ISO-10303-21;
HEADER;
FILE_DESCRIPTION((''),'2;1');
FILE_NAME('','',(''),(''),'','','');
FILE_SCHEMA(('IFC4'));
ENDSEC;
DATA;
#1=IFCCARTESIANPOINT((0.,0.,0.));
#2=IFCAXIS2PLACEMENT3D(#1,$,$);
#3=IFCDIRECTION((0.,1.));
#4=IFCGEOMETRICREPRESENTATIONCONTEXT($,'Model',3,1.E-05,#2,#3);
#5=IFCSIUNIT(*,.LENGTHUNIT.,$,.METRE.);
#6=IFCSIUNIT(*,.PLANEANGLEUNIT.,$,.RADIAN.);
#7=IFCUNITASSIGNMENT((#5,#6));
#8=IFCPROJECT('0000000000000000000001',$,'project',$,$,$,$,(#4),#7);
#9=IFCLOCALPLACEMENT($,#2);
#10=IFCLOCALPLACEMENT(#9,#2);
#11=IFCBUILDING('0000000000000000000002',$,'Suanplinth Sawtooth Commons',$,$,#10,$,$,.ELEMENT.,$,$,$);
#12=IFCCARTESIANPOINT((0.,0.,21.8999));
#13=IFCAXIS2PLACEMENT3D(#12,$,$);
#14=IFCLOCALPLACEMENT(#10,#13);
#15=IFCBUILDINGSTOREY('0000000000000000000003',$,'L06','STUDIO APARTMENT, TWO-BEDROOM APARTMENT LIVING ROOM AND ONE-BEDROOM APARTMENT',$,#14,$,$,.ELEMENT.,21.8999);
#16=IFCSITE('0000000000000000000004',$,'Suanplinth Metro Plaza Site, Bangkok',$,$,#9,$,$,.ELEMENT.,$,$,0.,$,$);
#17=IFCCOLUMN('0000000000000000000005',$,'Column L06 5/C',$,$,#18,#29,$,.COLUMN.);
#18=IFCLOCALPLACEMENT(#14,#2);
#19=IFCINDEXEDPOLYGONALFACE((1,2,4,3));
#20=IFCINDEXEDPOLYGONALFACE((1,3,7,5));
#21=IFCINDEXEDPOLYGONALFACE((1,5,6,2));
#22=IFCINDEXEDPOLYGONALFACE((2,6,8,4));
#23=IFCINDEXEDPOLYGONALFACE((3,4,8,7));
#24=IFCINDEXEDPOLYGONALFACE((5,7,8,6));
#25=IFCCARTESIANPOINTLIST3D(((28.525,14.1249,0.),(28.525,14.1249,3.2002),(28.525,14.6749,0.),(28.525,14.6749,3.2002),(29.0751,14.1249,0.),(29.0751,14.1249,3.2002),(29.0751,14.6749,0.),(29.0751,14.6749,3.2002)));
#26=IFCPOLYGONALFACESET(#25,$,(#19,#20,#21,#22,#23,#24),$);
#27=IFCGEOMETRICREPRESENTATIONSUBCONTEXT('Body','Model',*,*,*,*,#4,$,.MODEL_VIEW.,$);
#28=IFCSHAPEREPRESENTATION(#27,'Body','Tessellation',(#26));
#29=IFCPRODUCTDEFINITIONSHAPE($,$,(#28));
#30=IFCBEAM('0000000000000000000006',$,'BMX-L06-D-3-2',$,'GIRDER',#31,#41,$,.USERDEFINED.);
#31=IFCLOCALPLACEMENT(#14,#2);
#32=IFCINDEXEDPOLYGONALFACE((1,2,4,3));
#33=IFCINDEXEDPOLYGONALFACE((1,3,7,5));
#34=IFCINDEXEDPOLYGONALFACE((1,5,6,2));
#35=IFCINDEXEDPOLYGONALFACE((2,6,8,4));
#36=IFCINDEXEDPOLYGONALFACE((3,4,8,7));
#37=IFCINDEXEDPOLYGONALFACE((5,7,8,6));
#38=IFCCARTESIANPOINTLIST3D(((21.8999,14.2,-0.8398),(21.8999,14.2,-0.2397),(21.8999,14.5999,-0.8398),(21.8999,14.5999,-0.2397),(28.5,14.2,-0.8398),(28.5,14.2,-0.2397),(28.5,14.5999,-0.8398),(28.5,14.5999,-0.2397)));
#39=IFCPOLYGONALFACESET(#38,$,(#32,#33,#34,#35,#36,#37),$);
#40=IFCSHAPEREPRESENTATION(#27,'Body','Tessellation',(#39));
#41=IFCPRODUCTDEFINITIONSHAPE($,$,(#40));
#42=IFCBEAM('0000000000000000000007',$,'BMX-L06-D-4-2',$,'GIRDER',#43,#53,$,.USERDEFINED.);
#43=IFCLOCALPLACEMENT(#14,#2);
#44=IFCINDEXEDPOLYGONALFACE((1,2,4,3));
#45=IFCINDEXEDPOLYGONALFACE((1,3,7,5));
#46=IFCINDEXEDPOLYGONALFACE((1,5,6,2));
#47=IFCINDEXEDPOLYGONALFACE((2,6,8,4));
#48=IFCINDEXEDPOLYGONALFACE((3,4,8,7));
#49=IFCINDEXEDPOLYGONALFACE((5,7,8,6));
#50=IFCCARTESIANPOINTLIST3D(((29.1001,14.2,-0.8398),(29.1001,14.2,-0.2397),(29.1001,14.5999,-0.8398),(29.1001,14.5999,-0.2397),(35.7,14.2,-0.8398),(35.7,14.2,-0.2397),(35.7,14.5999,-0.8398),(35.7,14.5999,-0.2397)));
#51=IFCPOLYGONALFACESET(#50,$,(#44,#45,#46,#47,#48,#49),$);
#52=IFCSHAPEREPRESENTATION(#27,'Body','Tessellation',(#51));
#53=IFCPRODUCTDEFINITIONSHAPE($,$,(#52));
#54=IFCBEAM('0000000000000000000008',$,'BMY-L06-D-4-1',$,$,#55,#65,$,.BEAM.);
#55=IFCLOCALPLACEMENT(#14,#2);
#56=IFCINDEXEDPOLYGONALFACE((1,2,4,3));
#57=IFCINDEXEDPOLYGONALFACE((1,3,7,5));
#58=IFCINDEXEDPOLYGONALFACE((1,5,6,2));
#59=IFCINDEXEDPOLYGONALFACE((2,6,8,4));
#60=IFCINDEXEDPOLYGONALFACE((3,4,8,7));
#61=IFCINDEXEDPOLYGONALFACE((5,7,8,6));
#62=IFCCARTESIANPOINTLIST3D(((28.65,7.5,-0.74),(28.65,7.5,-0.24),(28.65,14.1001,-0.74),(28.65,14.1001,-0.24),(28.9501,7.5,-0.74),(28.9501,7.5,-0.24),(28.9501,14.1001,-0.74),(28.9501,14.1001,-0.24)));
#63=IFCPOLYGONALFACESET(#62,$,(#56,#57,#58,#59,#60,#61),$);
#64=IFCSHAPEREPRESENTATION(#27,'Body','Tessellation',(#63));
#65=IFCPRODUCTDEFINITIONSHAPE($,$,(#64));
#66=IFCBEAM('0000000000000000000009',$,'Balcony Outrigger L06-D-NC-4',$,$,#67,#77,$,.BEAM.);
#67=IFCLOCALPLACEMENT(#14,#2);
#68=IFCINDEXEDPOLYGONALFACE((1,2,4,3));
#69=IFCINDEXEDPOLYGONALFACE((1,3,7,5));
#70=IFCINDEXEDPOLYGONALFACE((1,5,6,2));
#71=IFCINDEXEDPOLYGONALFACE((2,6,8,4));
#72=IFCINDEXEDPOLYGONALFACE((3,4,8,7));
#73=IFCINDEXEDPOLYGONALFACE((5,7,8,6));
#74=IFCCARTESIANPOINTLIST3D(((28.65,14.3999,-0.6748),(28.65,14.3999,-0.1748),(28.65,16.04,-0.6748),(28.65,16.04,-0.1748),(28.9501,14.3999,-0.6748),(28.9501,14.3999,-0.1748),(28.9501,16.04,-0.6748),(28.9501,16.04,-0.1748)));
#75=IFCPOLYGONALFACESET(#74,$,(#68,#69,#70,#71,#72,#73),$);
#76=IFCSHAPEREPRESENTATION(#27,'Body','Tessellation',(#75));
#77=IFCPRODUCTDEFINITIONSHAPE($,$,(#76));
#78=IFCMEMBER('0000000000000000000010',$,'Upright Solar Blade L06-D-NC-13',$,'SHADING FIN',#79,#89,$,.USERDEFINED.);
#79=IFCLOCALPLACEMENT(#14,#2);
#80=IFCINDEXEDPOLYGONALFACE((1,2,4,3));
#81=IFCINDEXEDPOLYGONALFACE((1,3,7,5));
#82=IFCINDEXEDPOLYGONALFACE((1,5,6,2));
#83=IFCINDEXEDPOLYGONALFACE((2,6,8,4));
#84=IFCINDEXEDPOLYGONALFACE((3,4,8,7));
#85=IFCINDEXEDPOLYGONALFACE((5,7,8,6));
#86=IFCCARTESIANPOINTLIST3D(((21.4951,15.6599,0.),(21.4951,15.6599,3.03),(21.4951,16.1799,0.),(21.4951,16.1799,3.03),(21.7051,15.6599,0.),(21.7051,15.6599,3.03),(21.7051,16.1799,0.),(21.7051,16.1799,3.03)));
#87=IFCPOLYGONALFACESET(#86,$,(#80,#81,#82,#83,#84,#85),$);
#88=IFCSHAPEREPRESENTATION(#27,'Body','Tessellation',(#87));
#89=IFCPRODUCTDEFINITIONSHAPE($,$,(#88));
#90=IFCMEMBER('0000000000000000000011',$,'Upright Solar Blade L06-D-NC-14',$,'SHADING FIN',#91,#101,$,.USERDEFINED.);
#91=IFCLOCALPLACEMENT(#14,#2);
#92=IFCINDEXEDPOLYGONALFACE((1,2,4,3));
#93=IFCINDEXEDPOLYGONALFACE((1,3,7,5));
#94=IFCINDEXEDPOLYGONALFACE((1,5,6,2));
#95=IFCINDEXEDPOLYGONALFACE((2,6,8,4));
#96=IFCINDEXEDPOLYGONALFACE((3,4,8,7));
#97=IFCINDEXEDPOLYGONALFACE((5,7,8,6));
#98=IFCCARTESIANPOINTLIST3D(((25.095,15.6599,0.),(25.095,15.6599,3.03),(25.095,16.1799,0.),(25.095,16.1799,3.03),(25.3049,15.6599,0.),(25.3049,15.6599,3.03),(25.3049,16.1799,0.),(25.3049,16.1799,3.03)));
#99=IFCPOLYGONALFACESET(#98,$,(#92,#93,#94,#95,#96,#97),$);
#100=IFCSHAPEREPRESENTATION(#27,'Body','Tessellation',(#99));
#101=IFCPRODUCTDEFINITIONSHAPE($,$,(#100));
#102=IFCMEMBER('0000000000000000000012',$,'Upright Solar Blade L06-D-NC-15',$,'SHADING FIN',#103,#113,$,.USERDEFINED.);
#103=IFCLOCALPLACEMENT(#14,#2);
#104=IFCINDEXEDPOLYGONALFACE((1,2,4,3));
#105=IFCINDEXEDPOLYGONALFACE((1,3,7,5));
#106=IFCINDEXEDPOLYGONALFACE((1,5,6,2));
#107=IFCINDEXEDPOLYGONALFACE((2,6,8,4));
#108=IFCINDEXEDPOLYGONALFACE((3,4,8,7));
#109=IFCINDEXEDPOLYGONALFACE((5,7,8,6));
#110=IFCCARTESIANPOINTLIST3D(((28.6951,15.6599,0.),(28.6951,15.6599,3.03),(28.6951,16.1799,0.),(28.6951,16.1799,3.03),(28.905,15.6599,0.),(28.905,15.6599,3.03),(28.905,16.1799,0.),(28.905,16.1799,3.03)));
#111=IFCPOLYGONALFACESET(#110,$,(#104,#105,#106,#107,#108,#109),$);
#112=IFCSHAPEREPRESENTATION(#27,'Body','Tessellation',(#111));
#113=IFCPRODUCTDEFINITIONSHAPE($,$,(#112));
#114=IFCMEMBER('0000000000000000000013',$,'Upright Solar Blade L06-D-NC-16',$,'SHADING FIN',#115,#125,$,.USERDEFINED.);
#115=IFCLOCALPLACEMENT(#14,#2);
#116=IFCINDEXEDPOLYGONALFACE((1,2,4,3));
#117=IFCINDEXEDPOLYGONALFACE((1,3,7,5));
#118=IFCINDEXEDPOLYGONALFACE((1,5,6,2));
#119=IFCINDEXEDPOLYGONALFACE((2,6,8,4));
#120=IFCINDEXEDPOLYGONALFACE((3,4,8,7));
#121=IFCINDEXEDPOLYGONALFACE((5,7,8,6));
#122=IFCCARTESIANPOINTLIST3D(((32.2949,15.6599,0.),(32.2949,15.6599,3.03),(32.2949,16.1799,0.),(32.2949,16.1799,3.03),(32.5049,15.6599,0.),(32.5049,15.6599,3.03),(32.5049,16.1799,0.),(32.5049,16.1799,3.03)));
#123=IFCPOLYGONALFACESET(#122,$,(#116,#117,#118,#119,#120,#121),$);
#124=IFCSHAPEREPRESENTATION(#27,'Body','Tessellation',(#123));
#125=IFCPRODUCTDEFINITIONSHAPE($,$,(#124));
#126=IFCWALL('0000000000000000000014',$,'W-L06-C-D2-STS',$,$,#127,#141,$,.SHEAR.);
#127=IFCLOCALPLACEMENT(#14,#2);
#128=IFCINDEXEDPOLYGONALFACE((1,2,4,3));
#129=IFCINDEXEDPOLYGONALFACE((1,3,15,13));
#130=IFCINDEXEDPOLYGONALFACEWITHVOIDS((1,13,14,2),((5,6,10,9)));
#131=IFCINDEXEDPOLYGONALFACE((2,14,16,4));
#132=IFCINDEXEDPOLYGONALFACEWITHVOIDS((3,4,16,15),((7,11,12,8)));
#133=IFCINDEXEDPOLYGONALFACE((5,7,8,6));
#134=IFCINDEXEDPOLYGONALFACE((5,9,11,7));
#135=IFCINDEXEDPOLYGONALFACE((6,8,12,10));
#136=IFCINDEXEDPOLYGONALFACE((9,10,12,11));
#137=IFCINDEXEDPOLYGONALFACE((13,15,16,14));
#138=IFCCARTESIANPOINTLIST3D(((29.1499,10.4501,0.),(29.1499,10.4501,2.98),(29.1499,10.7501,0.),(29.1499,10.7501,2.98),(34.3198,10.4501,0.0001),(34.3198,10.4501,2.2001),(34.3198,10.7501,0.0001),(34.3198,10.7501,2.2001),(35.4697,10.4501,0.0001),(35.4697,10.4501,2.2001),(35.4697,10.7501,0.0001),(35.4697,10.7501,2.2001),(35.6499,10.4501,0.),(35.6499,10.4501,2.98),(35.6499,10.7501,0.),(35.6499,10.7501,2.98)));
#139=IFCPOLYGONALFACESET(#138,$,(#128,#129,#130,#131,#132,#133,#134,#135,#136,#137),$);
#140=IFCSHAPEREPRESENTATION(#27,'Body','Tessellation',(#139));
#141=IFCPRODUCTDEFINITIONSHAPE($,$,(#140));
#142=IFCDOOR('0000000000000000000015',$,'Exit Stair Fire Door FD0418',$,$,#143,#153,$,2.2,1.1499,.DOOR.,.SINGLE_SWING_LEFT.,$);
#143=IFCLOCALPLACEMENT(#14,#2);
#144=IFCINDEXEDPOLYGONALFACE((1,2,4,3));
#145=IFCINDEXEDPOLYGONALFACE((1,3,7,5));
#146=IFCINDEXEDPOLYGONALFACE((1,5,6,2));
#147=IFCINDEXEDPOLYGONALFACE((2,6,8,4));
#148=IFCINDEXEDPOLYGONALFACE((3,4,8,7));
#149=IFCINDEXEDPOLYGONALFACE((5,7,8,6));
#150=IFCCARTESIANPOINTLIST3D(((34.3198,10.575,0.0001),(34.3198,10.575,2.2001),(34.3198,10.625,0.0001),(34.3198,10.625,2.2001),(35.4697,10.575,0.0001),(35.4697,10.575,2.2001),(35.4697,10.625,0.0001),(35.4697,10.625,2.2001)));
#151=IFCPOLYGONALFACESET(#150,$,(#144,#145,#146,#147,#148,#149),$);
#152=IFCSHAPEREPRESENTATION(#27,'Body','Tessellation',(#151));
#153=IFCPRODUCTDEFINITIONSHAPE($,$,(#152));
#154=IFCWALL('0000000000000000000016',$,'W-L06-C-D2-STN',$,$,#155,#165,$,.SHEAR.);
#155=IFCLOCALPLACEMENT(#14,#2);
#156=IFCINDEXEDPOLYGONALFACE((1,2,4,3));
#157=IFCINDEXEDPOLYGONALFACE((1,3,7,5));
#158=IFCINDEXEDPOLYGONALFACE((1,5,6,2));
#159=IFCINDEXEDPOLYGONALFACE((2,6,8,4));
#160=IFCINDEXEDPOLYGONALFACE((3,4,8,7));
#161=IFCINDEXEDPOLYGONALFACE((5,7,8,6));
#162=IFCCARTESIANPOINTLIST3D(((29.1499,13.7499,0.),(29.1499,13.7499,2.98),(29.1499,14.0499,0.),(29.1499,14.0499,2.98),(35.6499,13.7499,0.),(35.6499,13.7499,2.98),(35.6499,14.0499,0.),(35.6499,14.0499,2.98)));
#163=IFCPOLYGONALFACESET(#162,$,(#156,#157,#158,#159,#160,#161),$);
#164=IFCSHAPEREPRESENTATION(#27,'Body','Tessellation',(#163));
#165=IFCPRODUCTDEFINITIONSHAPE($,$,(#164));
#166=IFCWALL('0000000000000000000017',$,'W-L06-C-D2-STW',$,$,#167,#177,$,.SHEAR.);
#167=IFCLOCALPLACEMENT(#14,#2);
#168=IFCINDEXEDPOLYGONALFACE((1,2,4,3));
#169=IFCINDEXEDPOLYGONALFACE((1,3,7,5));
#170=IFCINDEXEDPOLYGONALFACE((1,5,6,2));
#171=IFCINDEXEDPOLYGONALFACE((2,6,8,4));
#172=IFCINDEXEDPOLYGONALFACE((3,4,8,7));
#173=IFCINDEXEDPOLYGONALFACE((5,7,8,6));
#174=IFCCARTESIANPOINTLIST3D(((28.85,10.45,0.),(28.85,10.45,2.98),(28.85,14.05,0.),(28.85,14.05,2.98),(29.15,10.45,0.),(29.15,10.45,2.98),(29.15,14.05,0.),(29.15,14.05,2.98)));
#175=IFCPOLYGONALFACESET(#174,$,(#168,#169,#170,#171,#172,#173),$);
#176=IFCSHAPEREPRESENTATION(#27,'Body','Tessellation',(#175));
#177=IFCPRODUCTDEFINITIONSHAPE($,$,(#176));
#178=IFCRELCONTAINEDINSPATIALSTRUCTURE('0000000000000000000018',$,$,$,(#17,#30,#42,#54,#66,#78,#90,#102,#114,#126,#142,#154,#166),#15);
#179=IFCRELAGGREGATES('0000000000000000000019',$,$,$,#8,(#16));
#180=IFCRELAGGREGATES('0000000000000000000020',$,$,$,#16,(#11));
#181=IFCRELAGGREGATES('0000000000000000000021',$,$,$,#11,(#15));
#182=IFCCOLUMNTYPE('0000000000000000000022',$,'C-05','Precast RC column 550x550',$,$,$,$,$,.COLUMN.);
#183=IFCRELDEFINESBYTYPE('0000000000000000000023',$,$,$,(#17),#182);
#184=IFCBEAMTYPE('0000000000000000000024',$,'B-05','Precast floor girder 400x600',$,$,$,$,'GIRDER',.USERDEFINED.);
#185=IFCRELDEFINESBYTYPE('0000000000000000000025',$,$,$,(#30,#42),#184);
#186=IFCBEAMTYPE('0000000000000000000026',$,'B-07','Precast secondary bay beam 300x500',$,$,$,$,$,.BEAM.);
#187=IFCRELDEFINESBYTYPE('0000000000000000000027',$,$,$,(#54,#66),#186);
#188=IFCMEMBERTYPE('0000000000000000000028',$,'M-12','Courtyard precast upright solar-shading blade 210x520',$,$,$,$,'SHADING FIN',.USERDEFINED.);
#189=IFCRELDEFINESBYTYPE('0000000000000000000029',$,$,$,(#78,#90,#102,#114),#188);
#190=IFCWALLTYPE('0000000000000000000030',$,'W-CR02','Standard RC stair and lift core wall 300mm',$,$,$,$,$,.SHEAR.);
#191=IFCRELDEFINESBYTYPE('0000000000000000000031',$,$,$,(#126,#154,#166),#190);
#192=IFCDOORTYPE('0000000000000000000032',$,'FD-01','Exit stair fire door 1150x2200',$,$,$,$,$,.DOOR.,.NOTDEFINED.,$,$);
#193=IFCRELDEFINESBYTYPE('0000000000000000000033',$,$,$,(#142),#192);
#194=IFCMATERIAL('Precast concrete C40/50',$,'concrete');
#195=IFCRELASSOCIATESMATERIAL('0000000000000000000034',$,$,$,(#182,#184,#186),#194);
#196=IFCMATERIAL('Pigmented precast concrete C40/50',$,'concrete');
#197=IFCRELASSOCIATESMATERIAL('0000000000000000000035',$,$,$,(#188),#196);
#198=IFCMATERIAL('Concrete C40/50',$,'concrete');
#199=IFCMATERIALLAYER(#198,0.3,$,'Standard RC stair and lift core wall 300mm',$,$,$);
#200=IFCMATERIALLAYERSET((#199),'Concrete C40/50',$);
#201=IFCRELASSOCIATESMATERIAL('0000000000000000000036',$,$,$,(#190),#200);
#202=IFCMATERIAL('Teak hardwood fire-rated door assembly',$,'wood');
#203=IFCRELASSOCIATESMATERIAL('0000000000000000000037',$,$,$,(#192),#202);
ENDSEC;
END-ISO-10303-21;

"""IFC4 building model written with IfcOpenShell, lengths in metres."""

from ifc_helpers import new_model, si_unit, direction, frame, frame_2d, origin, origin_2d, place, context, subcontext, project, spatial, rectangle, extrude, material, layer, layer_set, material_profile, profile_set, type_object, element, fill, save


model = new_model("IFC4")

# Units and contexts
model_context = context("Model", 3, precision=1e-05, world=origin(), true_north=direction((0.0, 1.0)))
body_context = subcontext(model_context, "Body", "Model", "MODEL_VIEW")
ifc_project = project(units=[si_unit("LENGTHUNIT", "METRE"), si_unit("PLANEANGLEUNIT", "RADIAN")], contexts=[model_context])

# Site, building, storey
site_placement = place(None, origin())
site = spatial("IfcSite", under=ifc_project, at=site_placement, Name="Suanplinth Metro Plaza Site, Bangkok", CompositionType="ELEMENT", RefElevation=0.0)
building_placement = place(site_placement, origin())
building = spatial("IfcBuilding", under=site, at=building_placement, Name="Suanplinth Sawtooth Commons", CompositionType="ELEMENT")
storey_placement = place(building_placement, frame((0.0, 0.0, 21.8999)))
storey = spatial("IfcBuildingStorey", under=building, at=storey_placement, Name="L06", Description="STUDIO APARTMENT, TWO-BEDROOM APARTMENT LIVING ROOM AND ONE-BEDROOM APARTMENT", CompositionType="ELEMENT", Elevation=21.8999)

# Column
ifc_material_1 = material(Name="Precast concrete C40/50", Category="concrete")
ifc_material_profile_1 = material_profile(ifc_material_1, rectangle(XDim=0.55, YDim=0.55, at=origin_2d()), Name="PC-COL 550x550")
ifc_profile_set_1 = profile_set([ifc_material_profile_1], Name="Precast concrete C40/50")
column_type = type_object("IfcColumnType", Name="C-05", Description="Precast RC column 550x550", PredefinedType="COLUMN", material=ifc_profile_set_1)
column_placement = place(storey_placement, frame((28.8, 14.3999, 0.0), z_axis=(0.0, 0.0, 1.0), x_axis=(1.0, 0.0, 0.0)))
element("IfcColumn", 1, at=column_placement, inside=storey, type_object=column_type, Name="Column L06 5/C", PredefinedType="COLUMN", context=body_context, shape_type="SweptSolid", body=[
    extrude(rectangle(XDim=0.55, YDim=0.55, at=origin_2d()), origin(), (0.0, 0.0, 1.0), 3.2002),
])

# Beams
ifc_material_profile_2 = material_profile(ifc_material_1, rectangle(XDim=0.3999, YDim=0.6001, at=origin_2d()), Name="PC-GDR 400x600")
ifc_profile_set_2 = profile_set([ifc_material_profile_2], Name="Precast concrete C40/50")
beam_type_1 = type_object("IfcBeamType", Name="B-05", Description="Precast floor girder 400x600", ElementType="GIRDER", PredefinedType="USERDEFINED", material=ifc_profile_set_2)
beam_1_placement = place(storey_placement, frame((21.8999, 14.3999, -0.5398), z_axis=(1.0, 0.0, 0.0), x_axis=(0.0, 1.0, 0.0)))
element("IfcBeam", 2, at=beam_1_placement, inside=storey, type_object=beam_type_1, Name="BMX-L06-D-3-2", ObjectType="GIRDER", PredefinedType="USERDEFINED", context=body_context, shape_type="SweptSolid", body=[
    extrude(rectangle(XDim=0.3999, YDim=0.6001, at=origin_2d()), origin(), (0.0, 0.0, 1.0), 6.6001),
])
beam_2_placement = place(storey_placement, frame((29.1001, 14.3999, -0.5398), z_axis=(1.0, 0.0, 0.0), x_axis=(0.0, 1.0, 0.0)))
element("IfcBeam", 3, at=beam_2_placement, inside=storey, type_object=beam_type_1, Name="BMX-L06-D-4-2", ObjectType="GIRDER", PredefinedType="USERDEFINED", context=body_context, shape_type="SweptSolid", body=[
    extrude(rectangle(XDim=0.3999, YDim=0.6001, at=origin_2d()), origin(), (0.0, 0.0, 1.0), 6.5999),
])
ifc_material_profile_3 = material_profile(ifc_material_1, rectangle(XDim=0.3, YDim=0.5, at=origin_2d()), Name="PC-BM 300x500")
ifc_profile_set_3 = profile_set([ifc_material_profile_3], Name="Precast concrete C40/50")
beam_type_2 = type_object("IfcBeamType", Name="B-07", Description="Precast secondary bay beam 300x500", PredefinedType="BEAM", material=ifc_profile_set_3)
beam_3_placement = place(storey_placement, frame((28.8, 7.5, -0.49), z_axis=(0.0, 1.0, 0.0), x_axis=(-1.0, 0.0, 0.0)))
element("IfcBeam", 4, at=beam_3_placement, inside=storey, type_object=beam_type_2, Name="BMY-L06-D-4-1", PredefinedType="BEAM", context=body_context, shape_type="SweptSolid", body=[
    extrude(rectangle(XDim=0.3, YDim=0.5, at=origin_2d()), origin(), (0.0, 0.0, 1.0), 6.6001),
])
beam_4_placement = place(storey_placement, frame((28.8, 14.3999, -0.4248), z_axis=(0.0, 1.0, 0.0), x_axis=(-1.0, 0.0, 0.0)))
element("IfcBeam", 5, at=beam_4_placement, inside=storey, type_object=beam_type_2, Name="Balcony Outrigger L06-D-NC-4", PredefinedType="BEAM", context=body_context, shape_type="SweptSolid", body=[
    extrude(rectangle(XDim=0.3, YDim=0.5, at=origin_2d()), origin(), (0.0, 0.0, 1.0), 1.6401),
])

# Members
ifc_material_2 = material(Name="Pigmented precast concrete C40/50", Category="concrete")
ifc_material_profile_4 = material_profile(ifc_material_2, rectangle(XDim=0.21, YDim=0.52, at=origin_2d()), Name="PC-FIN 210x520")
ifc_profile_set_4 = profile_set([ifc_material_profile_4], Name="Pigmented precast concrete C40/50")
member_type = type_object("IfcMemberType", Name="M-12", Description="Courtyard precast upright solar-shading blade 210x520", ElementType="SHADING FIN", PredefinedType="USERDEFINED", material=ifc_profile_set_4)
for number, where, z_axis, x_axis, name in (
    (6, (21.6001, 15.9199, 0.0), (0.0, 0.0, 1.0), (1.0, 0.0, 0.0), "Upright Solar Blade L06-D-NC-13"),
    (7, (25.2, 15.9199, 0.0), (0.0, 0.0, 1.0), (1.0, 0.0, 0.0), "Upright Solar Blade L06-D-NC-14"),
    (8, (28.8, 15.9199, 0.0), (0.0, 0.0, 1.0), (1.0, 0.0, 0.0), "Upright Solar Blade L06-D-NC-15"),
    (9, (32.3999, 15.9199, 0.0), (0.0, 0.0, 1.0), (1.0, 0.0, 0.0), "Upright Solar Blade L06-D-NC-16"),
):
    element("IfcMember", number, at=place(storey_placement, frame(where, z_axis=z_axis, x_axis=x_axis)), inside=storey, type_object=member_type, Name=name, ObjectType="SHADING FIN", PredefinedType="USERDEFINED", context=body_context, shape_type="SweptSolid", body=[
        extrude(rectangle(XDim=0.21, YDim=0.52, at=origin_2d()), origin(), (0.0, 0.0, 1.0), 3.03),
    ])

# Wall, opening, door
ifc_material_3 = material(Name="Concrete C40/50", Category="concrete")
ifc_layer_1 = layer(ifc_material_3, 0.3, Name="Standard RC stair and lift core wall 300mm")
ifc_layer_set_1 = layer_set([ifc_layer_1], Name="Concrete C40/50")
wall_type_1 = type_object("IfcWallType", Name="W-CR02", Description="Standard RC stair and lift core wall 300mm", PredefinedType="SHEAR", material=ifc_layer_set_1)
wall_1_placement = place(storey_placement, frame((29.1499, 10.6001, 0.0), z_axis=(0.0, 0.0, 1.0), x_axis=(1.0, 0.0, 0.0)))
wall_1 = element("IfcWall", 10, at=wall_1_placement, inside=storey, type_object=wall_type_1, Name="W-L06-C-D2-STS", PredefinedType="SHEAR", context=body_context, shape_type="SweptSolid", body=[
    extrude(rectangle(XDim=6.5, YDim=0.3, at=frame_2d((3.25, 0.0))), origin(), (0.0, 0.0, 1.0), 2.98),
])
opening_1_placement = place(wall_1_placement, frame((5.1699, 0.0, 0.0)))
opening_1 = element("IfcOpeningElement", 11, at=opening_1_placement, cuts=wall_1, PredefinedType="OPENING", context=body_context, shape_type="SweptSolid", body=[
    extrude(rectangle(XDim=1.1499, YDim=2.2, at=frame_2d((0.575, 1.1001))), frame((0.0, 0.165, 0.0), z_axis=(0.0, -1.0, 0.0), x_axis=(1.0, 0.0, 0.0)), (0.0, 0.0, 1.0), 0.3298),
])
ifc_material_4 = material(Name="Teak hardwood fire-rated door assembly", Category="wood")
door_type_1 = type_object("IfcDoorType", Name="FD-01", Description="Exit stair fire door 1150x2200", OperationType="NOTDEFINED", PredefinedType="DOOR", material=ifc_material_4)
door_1_placement = place(opening_1_placement, origin())
door_1 = element("IfcDoor", 12, at=door_1_placement, inside=storey, type_object=door_type_1, Name="Exit Stair Fire Door FD0418", OperationType="SINGLE_SWING_LEFT", OverallHeight=2.2, OverallWidth=1.1499, PredefinedType="DOOR", context=body_context, shape_type="SweptSolid", body=[
    extrude(rectangle(XDim=1.1499, YDim=2.2, at=frame_2d((0.575, 1.1001))), frame((0.0, 0.0249, 0.0), z_axis=(0.0, -1.0, 0.0), x_axis=(1.0, 0.0, 0.0)), (0.0, 0.0, 1.0), 0.05),
])
fill(opening_1, door_1)

# Walls
wall_2_placement = place(storey_placement, frame((29.1499, 13.8999, 0.0), z_axis=(0.0, 0.0, 1.0), x_axis=(1.0, 0.0, 0.0)))
element("IfcWall", 13, at=wall_2_placement, inside=storey, type_object=wall_type_1, Name="W-L06-C-D2-STN", PredefinedType="SHEAR", context=body_context, shape_type="SweptSolid", body=[
    extrude(rectangle(XDim=6.5, YDim=0.3, at=frame_2d((3.25, 0.0))), origin(), (0.0, 0.0, 1.0), 2.98),
])
wall_3_placement = place(storey_placement, frame((29.0, 10.45, 0.0), z_axis=(0.0, 0.0, 1.0), x_axis=(0.0, 1.0, 0.0)))
element("IfcWall", 14, at=wall_3_placement, inside=storey, type_object=wall_type_1, Name="W-L06-C-D2-STW", PredefinedType="SHEAR", context=body_context, shape_type="SweptSolid", body=[
    extrude(rectangle(XDim=3.6001, YDim=0.3, at=frame_2d((1.8, 0.0))), origin(), (0.0, 0.0, 1.0), 2.98),
])

save(model, "model.ifc")
